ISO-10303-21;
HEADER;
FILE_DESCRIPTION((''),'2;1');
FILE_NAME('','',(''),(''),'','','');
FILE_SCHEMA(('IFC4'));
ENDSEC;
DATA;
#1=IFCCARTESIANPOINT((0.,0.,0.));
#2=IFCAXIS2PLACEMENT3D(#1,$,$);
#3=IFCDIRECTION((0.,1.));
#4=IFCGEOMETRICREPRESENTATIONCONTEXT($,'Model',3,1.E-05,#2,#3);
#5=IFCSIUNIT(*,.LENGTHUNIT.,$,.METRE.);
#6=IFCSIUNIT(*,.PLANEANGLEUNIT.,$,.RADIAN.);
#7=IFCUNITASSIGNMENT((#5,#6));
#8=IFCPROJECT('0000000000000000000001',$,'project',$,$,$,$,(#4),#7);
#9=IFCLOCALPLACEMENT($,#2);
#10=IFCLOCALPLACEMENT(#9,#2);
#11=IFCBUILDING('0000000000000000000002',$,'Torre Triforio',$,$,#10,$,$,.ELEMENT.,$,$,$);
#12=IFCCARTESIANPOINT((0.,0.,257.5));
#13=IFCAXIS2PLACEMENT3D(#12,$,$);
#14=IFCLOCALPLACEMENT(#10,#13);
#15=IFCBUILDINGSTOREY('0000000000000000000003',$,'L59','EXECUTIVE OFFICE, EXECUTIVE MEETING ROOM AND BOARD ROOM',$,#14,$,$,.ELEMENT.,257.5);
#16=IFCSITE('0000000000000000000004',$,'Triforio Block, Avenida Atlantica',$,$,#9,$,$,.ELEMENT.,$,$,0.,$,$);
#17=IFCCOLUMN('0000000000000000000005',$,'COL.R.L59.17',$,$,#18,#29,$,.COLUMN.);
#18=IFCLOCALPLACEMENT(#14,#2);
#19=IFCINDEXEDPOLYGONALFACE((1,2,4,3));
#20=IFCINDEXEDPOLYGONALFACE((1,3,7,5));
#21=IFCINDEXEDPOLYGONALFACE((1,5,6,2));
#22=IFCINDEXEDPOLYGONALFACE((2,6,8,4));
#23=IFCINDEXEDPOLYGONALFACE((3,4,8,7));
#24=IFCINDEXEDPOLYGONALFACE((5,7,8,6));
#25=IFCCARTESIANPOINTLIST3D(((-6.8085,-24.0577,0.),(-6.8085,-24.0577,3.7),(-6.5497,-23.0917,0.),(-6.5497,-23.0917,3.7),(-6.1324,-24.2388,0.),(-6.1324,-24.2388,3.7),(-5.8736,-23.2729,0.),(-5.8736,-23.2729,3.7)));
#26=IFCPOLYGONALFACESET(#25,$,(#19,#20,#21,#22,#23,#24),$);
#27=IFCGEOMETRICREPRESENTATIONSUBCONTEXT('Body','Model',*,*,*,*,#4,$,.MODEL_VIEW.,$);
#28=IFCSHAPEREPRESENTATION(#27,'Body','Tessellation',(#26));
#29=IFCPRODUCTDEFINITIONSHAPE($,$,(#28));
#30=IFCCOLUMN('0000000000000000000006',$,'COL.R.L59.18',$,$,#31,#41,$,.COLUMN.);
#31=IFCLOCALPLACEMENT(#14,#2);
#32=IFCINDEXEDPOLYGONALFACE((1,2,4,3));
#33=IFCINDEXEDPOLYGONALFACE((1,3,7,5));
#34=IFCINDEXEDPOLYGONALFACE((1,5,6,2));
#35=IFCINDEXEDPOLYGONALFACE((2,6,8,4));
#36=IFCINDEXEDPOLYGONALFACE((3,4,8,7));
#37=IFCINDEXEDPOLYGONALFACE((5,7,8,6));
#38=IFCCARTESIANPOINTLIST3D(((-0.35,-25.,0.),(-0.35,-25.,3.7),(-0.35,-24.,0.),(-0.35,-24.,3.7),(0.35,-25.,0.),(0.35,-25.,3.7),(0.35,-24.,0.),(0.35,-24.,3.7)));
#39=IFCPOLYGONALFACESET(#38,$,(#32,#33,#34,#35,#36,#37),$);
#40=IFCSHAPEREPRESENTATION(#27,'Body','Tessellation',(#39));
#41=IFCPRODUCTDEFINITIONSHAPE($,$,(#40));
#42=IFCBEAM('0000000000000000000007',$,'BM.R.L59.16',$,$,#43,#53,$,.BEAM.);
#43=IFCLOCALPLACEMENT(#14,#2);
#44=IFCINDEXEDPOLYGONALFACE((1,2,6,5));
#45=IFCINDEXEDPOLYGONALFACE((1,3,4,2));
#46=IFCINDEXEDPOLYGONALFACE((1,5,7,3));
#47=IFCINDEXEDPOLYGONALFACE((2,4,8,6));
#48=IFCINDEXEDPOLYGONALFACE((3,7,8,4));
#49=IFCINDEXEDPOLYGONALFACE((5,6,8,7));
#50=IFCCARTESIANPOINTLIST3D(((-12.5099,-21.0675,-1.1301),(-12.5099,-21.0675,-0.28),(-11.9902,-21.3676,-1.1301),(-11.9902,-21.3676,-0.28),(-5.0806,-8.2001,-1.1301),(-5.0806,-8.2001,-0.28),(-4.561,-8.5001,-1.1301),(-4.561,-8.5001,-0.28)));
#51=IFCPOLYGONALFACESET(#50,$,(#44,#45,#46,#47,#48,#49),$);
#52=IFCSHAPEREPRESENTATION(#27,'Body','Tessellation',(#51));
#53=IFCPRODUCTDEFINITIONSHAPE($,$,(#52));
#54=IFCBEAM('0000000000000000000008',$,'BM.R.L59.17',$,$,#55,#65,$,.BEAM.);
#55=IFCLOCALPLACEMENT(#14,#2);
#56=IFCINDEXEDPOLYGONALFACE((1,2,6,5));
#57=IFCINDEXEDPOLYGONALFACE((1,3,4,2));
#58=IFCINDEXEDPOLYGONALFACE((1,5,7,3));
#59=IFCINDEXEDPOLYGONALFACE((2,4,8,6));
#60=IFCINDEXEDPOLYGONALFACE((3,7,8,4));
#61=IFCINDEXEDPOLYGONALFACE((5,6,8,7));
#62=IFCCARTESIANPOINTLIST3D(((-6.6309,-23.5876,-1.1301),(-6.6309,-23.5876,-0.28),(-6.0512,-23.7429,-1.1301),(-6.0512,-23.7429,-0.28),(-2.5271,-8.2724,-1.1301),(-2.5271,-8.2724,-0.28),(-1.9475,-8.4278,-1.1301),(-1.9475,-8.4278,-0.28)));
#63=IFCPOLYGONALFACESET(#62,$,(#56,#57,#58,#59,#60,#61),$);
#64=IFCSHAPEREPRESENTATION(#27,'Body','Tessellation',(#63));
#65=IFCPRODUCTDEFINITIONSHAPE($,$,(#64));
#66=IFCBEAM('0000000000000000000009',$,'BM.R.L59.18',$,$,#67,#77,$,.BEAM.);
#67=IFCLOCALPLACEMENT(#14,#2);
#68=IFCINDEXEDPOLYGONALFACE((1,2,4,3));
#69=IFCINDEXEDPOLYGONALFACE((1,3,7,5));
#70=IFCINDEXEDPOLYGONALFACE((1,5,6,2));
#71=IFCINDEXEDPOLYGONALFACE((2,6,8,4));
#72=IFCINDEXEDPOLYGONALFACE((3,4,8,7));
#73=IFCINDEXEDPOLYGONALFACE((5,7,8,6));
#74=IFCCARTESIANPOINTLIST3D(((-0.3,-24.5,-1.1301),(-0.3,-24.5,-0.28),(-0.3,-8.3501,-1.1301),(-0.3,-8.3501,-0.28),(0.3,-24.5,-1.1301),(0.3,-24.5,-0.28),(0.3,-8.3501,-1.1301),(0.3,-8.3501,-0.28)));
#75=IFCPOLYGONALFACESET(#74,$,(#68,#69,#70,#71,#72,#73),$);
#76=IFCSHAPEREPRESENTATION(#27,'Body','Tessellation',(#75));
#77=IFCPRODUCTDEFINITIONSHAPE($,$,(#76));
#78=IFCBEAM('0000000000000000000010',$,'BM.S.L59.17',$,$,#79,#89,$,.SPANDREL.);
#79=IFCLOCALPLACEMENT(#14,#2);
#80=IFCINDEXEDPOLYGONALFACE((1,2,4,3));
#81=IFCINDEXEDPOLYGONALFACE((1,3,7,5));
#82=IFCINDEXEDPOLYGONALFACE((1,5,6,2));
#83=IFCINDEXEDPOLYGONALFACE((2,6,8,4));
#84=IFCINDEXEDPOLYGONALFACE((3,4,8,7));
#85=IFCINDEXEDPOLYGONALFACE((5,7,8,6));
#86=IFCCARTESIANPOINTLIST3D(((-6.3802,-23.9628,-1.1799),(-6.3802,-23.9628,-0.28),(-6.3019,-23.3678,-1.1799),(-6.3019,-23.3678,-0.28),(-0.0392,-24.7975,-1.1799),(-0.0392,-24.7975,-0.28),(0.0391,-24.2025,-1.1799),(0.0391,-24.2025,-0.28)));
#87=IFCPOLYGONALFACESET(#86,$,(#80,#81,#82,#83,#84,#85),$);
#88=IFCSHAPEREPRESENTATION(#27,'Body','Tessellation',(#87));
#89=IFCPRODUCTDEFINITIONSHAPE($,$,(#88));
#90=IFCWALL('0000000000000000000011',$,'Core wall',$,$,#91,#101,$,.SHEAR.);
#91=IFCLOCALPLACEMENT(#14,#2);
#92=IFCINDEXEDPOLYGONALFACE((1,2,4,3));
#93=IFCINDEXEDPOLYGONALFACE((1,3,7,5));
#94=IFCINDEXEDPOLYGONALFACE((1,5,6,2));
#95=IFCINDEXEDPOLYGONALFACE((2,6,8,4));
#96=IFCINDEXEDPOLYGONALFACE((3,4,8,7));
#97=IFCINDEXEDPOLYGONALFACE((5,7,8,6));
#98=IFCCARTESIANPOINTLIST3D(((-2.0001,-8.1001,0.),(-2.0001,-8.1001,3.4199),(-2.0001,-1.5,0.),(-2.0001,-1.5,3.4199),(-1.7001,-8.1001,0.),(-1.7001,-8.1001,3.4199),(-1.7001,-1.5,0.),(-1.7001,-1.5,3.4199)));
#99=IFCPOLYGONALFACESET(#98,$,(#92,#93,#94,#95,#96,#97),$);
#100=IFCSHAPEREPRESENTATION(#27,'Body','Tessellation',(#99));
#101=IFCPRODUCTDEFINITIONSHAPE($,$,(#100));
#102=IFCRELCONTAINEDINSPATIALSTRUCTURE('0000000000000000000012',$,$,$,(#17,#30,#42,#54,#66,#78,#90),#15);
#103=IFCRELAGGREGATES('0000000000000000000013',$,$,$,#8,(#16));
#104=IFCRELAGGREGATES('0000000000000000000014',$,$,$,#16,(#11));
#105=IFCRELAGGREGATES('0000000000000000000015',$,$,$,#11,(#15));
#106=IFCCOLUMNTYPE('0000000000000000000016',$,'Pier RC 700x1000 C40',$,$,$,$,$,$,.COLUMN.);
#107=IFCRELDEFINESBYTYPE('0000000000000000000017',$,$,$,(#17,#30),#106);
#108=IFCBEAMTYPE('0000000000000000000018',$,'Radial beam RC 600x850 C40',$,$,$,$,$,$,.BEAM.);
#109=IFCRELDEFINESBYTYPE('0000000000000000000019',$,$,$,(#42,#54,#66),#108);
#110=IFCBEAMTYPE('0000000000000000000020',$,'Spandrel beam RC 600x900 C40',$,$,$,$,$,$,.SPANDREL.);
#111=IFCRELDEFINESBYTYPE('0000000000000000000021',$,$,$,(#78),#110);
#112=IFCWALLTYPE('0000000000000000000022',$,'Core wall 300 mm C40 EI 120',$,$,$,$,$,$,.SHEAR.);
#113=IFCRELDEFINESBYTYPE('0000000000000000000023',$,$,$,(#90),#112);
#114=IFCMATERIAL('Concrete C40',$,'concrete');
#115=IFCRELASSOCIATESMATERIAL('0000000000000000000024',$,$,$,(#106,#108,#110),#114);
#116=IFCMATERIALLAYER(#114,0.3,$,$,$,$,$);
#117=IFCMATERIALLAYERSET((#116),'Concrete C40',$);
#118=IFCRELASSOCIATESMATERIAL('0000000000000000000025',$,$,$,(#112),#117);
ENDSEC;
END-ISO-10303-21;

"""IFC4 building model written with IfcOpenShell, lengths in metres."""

from ifc_helpers import new_model, si_unit, direction, frame, frame_2d, origin, origin_2d, place, context, subcontext, project, spatial, rectangle, extrude, material, layer, layer_set, material_profile, profile_set, type_object, element, save


model = new_model("IFC4")

# Units and contexts
model_context = context("Model", 3, precision=1e-05, world=origin(), true_north=direction((0.0, 1.0)))
body_context = subcontext(model_context, "Body", "Model", "MODEL_VIEW")
ifc_project = project(units=[si_unit("LENGTHUNIT", "METRE"), si_unit("PLANEANGLEUNIT", "RADIAN")], contexts=[model_context])

# Site, building, storey
site_placement = place(None, origin())
site = spatial("IfcSite", under=ifc_project, at=site_placement, Name="Triforio Block, Avenida Atlantica", CompositionType="ELEMENT", RefElevation=0.0)
building_placement = place(site_placement, origin())
building = spatial("IfcBuilding", under=site, at=building_placement, Name="Torre Triforio", CompositionType="ELEMENT")
storey_placement = place(building_placement, frame((0.0, 0.0, 257.5)))
storey = spatial("IfcBuildingStorey", under=building, at=storey_placement, Name="L59", Description="EXECUTIVE OFFICE, EXECUTIVE MEETING ROOM AND BOARD ROOM", CompositionType="ELEMENT", Elevation=257.5)

# Columns
ifc_material_1 = material(Name="Concrete C40", Category="concrete")
ifc_material_profile_1 = material_profile(ifc_material_1, rectangle(XDim=0.7, YDim=1.0, at=origin_2d()), Name="RC 700x1000")
ifc_profile_set_1 = profile_set([ifc_material_profile_1], Name="Concrete C40")
column_type = type_object("IfcColumnType", Name="Pier RC 700x1000 C40", PredefinedType="COLUMN", material=ifc_profile_set_1)
for number, where, z_axis, x_axis, name in (
    (1, (-6.3411, -23.6653, 0.0), (0.0, 0.0, 1.0), (0.965926, -0.258819, 0.0), "COL.R.L59.17"),
    (2, (0.0, -24.5, 0.0), (0.0, 0.0, 1.0), (1.0, 0.0, 0.0), "COL.R.L59.18"),
):
    element("IfcColumn", number, at=place(storey_placement, frame(where, z_axis=z_axis, x_axis=x_axis)), inside=storey, type_object=column_type, Name=name, PredefinedType="COLUMN", context=body_context, shape_type="SweptSolid", body=[
        extrude(rectangle(XDim=0.7, YDim=1.0, at=origin_2d()), origin(), (0.0, 0.0, 1.0), 3.7),
    ])

# Beams
ifc_material_profile_2 = material_profile(ifc_material_1, rectangle(XDim=0.6001, YDim=0.8501, at=origin_2d()), Name="RC 600x850")
ifc_profile_set_2 = profile_set([ifc_material_profile_2], Name="Concrete C40")
beam_type_1 = type_object("IfcBeamType", Name="Radial beam RC 600x850 C40", PredefinedType="BEAM", material=ifc_profile_set_2)
beam_1_placement = place(storey_placement, frame((-4.8208, -8.3501, -0.7051), z_axis=(-0.500009, -0.86602, 0.0), x_axis=(0.86602, -0.500009, 0.0)))
element("IfcBeam", 3, at=beam_1_placement, inside=storey, type_object=beam_type_1, Name="BM.R.L59.16", PredefinedType="BEAM", context=body_context, shape_type="SweptSolid", body=[
    extrude(rectangle(XDim=0.6001, YDim=0.8501, at=origin_2d()), origin(), (0.0, 0.0, 1.0), 14.8582),
])
beam_2_placement = place(storey_placement, frame((-2.2373, -8.3501, -0.7051), z_axis=(-0.258823, -0.965925, 0.0), x_axis=(0.965925, -0.258823, 0.0)))
element("IfcBeam", 4, at=beam_2_placement, inside=storey, type_object=beam_type_1, Name="BM.R.L59.17", PredefinedType="BEAM", context=body_context, shape_type="SweptSolid", body=[
    extrude(rectangle(XDim=0.6001, YDim=0.8501, at=origin_2d()), origin(), (0.0, 0.0, 1.0), 15.8555),
])
beam_3_placement = place(storey_placement, frame((0.0, -8.3501, -0.7051), z_axis=(0.0, -1.0, 0.0), x_axis=(1.0, 0.0, 0.0)))
element("IfcBeam", 5, at=beam_3_placement, inside=storey, type_object=beam_type_1, Name="BM.R.L59.18", PredefinedType="BEAM", context=body_context, shape_type="SweptSolid", body=[
    extrude(rectangle(XDim=0.6001, YDim=0.8501, at=origin_2d()), origin(), (0.0, 0.0, 1.0), 16.1499),
])
ifc_material_profile_3 = material_profile(ifc_material_1, rectangle(XDim=0.6001, YDim=0.8999, at=origin_2d()), Name="RC 600x900")
ifc_profile_set_3 = profile_set([ifc_material_profile_3], Name="Concrete C40")
beam_type_2 = type_object("IfcBeamType", Name="Spandrel beam RC 600x900 C40", PredefinedType="SPANDREL", material=ifc_profile_set_3)
beam_4_placement = place(storey_placement, frame((-6.3411, -23.6653, -0.73), z_axis=(0.991447, -0.130511, 0.0), x_axis=(0.130511, 0.991447, 0.0)))
element("IfcBeam", 6, at=beam_4_placement, inside=storey, type_object=beam_type_2, Name="BM.S.L59.17", PredefinedType="SPANDREL", context=body_context, shape_type="SweptSolid", body=[
    extrude(rectangle(XDim=0.6001, YDim=0.8999, at=origin_2d()), origin(), (0.0, 0.0, 1.0), 6.3958),
])

# Wall
ifc_layer_1 = layer(ifc_material_1, 0.3)
ifc_layer_set_1 = layer_set([ifc_layer_1], Name="Concrete C40")
wall_type_1 = type_object("IfcWallType", Name="Core wall 300 mm C40 EI 120", PredefinedType="SHEAR", material=ifc_layer_set_1)
wall_1_placement = place(storey_placement, frame((-1.8501, -8.1001, 0.0), z_axis=(0.0, 0.0, 1.0), x_axis=(0.0, 1.0, 0.0)))
element("IfcWall", 7, at=wall_1_placement, inside=storey, type_object=wall_type_1, Name="Core wall", PredefinedType="SHEAR", context=body_context, shape_type="SweptSolid", body=[
    extrude(rectangle(XDim=6.6001, YDim=0.3, at=frame_2d((3.3, 0.0))), origin(), (0.0, 0.0, 1.0), 3.4199),
])

save(model, "model.ifc")
